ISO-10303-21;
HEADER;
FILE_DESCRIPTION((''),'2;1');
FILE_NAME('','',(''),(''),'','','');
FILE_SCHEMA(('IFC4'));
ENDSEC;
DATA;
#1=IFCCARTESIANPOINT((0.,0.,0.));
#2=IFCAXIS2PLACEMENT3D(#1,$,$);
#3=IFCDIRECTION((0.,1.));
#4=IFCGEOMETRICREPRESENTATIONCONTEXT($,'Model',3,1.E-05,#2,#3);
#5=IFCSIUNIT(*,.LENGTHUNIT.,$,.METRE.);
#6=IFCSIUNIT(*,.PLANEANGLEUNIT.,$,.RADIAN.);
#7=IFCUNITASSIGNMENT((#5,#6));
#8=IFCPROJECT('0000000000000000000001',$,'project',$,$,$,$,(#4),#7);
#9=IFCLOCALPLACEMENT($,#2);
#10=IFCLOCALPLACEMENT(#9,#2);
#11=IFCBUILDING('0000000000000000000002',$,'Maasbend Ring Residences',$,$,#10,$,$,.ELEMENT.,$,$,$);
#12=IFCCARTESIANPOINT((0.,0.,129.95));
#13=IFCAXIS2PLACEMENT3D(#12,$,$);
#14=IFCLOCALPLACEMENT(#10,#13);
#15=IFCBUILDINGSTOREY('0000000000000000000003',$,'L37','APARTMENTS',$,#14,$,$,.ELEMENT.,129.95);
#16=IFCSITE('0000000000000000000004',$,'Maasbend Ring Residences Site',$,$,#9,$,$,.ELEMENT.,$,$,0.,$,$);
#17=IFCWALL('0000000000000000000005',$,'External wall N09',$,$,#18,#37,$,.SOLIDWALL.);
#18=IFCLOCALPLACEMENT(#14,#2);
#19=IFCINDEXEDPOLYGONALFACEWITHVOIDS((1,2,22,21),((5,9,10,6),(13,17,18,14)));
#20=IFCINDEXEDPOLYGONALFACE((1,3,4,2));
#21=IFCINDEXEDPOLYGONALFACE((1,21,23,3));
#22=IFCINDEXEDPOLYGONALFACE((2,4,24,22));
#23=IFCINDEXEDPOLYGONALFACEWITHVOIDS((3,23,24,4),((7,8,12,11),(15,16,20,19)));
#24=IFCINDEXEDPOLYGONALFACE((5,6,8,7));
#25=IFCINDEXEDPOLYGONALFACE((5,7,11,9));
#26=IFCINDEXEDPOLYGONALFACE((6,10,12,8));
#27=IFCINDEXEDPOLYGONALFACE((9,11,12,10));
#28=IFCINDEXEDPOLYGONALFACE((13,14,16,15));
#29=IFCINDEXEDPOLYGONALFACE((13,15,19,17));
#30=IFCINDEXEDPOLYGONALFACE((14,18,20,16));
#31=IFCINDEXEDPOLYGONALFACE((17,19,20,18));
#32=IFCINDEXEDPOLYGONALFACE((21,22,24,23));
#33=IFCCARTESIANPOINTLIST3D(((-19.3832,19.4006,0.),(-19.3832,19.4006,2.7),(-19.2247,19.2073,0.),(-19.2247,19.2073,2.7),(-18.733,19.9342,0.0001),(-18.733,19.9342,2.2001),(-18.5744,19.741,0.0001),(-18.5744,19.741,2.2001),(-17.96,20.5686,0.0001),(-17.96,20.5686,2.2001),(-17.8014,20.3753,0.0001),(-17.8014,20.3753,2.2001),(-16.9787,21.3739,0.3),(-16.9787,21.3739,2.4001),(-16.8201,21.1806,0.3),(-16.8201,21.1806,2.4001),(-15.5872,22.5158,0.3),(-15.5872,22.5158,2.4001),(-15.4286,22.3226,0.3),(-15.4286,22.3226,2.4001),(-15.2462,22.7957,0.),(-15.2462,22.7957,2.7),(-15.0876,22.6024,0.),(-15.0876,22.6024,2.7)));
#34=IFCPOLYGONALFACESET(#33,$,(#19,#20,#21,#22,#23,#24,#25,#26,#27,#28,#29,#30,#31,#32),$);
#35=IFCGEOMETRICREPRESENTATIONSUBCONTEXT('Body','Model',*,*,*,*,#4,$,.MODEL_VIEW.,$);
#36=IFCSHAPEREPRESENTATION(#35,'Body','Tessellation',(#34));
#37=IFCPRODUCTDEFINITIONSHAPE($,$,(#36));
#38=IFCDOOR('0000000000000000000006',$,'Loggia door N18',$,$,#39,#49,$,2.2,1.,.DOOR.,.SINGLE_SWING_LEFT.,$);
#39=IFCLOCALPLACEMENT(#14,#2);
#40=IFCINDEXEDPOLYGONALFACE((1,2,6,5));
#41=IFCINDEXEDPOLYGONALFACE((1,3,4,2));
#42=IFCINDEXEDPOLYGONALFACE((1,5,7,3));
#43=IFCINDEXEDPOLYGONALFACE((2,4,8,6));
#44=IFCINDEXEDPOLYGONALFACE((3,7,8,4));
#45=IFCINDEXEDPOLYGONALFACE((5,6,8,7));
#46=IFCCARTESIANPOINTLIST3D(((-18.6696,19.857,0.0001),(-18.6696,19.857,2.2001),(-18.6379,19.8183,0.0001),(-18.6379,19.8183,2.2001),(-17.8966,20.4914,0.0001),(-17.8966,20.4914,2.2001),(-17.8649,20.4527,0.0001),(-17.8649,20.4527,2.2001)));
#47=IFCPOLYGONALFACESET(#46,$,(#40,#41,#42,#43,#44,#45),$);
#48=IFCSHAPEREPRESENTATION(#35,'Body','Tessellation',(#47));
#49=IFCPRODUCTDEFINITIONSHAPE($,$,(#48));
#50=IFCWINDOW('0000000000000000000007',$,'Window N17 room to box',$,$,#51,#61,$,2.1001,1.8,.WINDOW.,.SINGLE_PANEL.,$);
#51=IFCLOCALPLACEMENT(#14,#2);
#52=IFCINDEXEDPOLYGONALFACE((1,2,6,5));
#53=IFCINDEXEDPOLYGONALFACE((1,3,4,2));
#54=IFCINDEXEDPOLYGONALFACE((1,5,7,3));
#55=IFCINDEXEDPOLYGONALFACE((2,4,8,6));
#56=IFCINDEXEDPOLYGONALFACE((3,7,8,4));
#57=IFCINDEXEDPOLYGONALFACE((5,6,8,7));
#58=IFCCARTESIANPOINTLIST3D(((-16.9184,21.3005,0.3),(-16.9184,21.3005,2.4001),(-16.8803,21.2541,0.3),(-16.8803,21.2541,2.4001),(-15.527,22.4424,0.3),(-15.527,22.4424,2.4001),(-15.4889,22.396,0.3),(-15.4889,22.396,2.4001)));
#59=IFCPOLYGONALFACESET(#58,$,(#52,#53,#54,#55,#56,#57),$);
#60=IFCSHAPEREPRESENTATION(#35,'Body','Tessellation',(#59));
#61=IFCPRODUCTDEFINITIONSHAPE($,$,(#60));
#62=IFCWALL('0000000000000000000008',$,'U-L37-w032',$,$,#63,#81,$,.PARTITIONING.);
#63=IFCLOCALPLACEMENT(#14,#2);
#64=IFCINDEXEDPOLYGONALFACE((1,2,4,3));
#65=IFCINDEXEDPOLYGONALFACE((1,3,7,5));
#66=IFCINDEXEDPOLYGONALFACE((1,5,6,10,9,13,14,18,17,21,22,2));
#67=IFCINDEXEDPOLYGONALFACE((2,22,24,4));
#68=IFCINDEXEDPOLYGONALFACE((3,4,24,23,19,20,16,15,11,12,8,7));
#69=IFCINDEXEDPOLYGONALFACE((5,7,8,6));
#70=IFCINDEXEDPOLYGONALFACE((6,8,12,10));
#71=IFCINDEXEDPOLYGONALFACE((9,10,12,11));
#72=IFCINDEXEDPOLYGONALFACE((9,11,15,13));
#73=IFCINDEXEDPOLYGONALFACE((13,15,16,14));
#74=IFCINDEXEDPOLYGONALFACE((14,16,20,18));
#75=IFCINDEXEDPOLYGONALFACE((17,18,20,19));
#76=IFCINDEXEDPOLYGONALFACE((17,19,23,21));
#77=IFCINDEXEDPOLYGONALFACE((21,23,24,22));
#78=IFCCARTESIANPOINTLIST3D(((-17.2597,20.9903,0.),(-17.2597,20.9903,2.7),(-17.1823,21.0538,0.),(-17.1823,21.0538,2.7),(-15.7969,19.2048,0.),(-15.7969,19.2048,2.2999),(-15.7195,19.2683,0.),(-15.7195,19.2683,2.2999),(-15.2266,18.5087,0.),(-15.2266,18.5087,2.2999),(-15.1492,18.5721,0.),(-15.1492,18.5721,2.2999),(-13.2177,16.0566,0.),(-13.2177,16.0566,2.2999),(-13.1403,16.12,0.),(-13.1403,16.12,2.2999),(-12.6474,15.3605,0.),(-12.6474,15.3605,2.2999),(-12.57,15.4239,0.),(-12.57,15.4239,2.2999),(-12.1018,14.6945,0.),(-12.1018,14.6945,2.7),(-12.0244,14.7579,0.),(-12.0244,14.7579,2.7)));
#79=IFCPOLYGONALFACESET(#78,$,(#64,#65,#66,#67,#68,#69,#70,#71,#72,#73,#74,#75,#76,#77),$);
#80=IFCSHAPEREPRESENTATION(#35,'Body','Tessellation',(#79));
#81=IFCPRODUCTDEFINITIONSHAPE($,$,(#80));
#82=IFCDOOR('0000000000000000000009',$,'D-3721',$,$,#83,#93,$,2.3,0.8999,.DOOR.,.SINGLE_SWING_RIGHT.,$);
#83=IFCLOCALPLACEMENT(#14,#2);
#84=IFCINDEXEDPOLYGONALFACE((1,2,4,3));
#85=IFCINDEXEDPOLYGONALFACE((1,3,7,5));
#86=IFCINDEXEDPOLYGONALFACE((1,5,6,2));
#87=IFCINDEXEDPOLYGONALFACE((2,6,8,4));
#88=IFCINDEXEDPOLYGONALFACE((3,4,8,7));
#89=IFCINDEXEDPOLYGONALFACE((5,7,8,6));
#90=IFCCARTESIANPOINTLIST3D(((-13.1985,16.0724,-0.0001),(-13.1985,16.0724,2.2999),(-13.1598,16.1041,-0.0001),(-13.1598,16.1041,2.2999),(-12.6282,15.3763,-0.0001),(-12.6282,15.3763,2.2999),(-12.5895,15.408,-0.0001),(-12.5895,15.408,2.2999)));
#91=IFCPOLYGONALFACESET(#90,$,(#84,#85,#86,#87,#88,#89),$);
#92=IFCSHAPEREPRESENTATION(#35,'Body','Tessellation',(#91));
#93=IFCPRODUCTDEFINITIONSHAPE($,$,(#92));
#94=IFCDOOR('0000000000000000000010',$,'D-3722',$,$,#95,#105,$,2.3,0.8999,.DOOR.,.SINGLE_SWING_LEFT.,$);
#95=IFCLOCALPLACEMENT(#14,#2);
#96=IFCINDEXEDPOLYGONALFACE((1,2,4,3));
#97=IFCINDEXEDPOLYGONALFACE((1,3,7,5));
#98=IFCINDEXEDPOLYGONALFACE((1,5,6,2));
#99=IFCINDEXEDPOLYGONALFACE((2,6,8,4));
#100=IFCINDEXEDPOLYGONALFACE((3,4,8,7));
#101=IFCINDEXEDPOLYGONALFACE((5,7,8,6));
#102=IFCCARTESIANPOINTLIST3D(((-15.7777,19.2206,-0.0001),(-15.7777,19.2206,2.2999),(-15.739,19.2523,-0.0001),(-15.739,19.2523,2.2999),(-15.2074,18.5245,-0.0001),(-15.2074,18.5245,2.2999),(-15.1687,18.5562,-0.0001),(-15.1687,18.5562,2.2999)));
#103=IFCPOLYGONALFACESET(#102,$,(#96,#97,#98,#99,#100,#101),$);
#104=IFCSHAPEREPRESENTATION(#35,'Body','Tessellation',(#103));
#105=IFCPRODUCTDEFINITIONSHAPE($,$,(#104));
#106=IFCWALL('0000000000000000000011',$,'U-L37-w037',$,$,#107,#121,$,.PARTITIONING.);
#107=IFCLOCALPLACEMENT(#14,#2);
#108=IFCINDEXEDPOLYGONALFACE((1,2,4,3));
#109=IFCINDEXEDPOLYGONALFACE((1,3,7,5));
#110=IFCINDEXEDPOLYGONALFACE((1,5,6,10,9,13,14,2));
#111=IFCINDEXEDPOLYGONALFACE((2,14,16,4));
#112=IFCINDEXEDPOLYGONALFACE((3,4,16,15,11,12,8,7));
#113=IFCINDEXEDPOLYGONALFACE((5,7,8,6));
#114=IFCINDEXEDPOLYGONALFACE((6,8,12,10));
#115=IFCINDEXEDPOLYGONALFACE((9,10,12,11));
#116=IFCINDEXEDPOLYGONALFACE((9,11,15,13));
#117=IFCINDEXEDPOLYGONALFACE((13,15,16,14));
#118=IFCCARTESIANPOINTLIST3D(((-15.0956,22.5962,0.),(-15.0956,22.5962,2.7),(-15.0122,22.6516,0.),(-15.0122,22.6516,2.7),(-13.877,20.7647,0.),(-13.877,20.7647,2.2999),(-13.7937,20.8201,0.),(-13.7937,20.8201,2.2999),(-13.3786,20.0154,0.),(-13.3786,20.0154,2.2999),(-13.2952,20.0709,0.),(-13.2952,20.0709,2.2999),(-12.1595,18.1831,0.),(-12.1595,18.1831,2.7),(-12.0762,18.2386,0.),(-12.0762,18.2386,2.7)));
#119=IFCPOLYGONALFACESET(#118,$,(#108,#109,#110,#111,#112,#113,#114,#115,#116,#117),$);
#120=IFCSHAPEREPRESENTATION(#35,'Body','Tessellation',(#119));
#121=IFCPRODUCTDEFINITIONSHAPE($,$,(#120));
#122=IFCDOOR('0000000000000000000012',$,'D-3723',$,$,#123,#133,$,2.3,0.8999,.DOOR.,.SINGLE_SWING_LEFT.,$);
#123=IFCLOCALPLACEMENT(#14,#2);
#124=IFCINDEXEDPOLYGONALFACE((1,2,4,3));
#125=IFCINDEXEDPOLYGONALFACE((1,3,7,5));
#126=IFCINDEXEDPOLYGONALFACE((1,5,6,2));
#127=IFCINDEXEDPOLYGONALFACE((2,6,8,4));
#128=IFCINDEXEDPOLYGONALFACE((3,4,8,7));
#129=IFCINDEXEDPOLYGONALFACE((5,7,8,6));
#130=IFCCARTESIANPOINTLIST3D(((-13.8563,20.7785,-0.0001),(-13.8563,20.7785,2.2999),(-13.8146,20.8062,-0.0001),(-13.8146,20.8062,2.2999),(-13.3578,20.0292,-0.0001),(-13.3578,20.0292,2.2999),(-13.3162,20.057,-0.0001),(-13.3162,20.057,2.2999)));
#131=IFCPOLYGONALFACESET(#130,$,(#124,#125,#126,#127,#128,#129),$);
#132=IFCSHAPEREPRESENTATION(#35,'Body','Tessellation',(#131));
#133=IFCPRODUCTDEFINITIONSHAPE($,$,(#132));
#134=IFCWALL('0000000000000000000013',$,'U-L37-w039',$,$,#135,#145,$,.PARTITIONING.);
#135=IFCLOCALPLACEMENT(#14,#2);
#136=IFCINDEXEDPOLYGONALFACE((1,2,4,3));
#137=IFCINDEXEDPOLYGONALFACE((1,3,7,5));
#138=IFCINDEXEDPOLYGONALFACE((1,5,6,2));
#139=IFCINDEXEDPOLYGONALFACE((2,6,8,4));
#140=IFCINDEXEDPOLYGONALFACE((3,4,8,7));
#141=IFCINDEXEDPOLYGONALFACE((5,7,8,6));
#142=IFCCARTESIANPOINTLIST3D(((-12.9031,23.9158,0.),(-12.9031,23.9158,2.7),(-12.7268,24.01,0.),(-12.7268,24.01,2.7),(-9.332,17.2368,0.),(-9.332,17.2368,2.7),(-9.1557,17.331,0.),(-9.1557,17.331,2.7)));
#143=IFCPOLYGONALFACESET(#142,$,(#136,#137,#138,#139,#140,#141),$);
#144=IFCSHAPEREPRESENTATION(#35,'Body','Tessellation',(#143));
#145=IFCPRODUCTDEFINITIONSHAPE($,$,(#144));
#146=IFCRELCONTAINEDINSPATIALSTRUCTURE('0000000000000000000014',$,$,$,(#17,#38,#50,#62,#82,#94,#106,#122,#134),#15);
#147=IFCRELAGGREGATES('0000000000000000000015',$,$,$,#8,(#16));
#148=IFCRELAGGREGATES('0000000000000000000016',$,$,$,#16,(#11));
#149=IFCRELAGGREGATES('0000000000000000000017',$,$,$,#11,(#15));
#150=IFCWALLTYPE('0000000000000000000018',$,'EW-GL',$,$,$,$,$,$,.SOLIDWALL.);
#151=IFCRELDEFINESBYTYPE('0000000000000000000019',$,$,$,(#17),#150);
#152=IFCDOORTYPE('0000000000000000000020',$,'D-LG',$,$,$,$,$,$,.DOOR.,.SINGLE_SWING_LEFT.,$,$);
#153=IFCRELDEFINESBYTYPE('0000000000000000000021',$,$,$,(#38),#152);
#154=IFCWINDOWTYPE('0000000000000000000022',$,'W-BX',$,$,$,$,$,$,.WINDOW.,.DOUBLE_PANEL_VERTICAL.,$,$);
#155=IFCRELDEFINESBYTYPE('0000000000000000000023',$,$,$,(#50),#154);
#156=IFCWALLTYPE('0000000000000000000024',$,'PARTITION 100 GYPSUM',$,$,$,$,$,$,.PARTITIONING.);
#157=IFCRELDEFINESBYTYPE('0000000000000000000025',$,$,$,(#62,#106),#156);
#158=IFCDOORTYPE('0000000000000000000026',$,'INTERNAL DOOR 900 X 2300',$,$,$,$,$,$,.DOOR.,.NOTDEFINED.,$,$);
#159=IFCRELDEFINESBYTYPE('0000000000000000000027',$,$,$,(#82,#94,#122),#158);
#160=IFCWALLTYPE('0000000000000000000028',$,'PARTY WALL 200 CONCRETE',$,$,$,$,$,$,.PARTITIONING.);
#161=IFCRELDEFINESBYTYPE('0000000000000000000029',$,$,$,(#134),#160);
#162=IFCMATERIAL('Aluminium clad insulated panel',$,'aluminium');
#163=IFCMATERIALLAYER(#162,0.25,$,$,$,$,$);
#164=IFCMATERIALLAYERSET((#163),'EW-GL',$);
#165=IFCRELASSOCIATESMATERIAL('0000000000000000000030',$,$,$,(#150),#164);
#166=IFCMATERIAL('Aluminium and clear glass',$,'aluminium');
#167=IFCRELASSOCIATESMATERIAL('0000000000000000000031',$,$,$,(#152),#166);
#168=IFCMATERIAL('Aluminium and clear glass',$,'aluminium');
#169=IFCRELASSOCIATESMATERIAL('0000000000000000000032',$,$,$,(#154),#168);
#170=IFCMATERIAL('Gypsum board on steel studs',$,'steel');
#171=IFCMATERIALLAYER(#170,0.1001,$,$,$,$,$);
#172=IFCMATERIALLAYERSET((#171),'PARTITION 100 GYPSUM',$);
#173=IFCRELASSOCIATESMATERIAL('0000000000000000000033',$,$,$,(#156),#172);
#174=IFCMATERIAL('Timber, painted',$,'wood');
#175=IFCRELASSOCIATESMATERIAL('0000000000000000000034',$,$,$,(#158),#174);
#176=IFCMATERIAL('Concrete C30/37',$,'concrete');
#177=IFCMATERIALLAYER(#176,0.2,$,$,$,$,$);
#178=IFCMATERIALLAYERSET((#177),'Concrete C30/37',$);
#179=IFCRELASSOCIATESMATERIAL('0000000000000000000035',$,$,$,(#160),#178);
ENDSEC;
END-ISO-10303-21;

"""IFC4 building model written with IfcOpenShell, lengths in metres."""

from ifc_helpers import new_model, si_unit, direction, frame, frame_2d, origin, place, context, subcontext, project, spatial, rectangle, extrude, material, layer, layer_set, type_object, element, fill, save


model = new_model("IFC4")

# Units and contexts
model_context = context("Model", 3, precision=1e-05, world=origin(), true_north=direction((0.0, 1.0)))
body_context = subcontext(model_context, "Body", "Model", "MODEL_VIEW")
ifc_project = project(units=[si_unit("LENGTHUNIT", "METRE"), si_unit("PLANEANGLEUNIT", "RADIAN")], contexts=[model_context])

# Site, building, storey
site_placement = place(None, origin())
site = spatial("IfcSite", under=ifc_project, at=site_placement, Name="Maasbend Ring Residences Site", CompositionType="ELEMENT", RefElevation=0.0)
building_placement = place(site_placement, origin())
building = spatial("IfcBuilding", under=site, at=building_placement, Name="Maasbend Ring Residences", CompositionType="ELEMENT")
storey_placement = place(building_placement, frame((0.0, 0.0, 129.95)))
storey = spatial("IfcBuildingStorey", under=building, at=storey_placement, Name="L37", Description="APARTMENTS", CompositionType="ELEMENT", Elevation=129.95)

# Wall, openings, door, window
ifc_material_1 = material(Name="Aluminium clad insulated panel", Category="aluminium")
ifc_layer_1 = layer(ifc_material_1, 0.25)
ifc_layer_set_1 = layer_set([ifc_layer_1], Name="EW-GL")
wall_type_1 = type_object("IfcWallType", Name="EW-GL", PredefinedType="SOLIDWALL", material=ifc_layer_set_1)
wall_1_placement = place(storey_placement, frame((-15.167, 22.699, 0.0), z_axis=(0.0, 0.0, 1.0), x_axis=(-0.773019, -0.634382, 0.0)))
wall_1 = element("IfcWall", 1, at=wall_1_placement, inside=storey, type_object=wall_type_1, Name="External wall N09", PredefinedType="SOLIDWALL", context=body_context, shape_type="SweptSolid", body=[
    extrude(rectangle(XDim=5.3518, YDim=0.25, at=frame_2d((2.6758, 0.0))), origin(), (0.0, 0.0, 1.0), 2.7),
])
opening_1_placement = place(wall_1_placement, frame((0.4412, 0.0, 0.3)))
opening_1 = element("IfcOpeningElement", 2, at=opening_1_placement, cuts=wall_1, PredefinedType="OPENING", context=body_context, shape_type="SweptSolid", body=[
    extrude(rectangle(XDim=1.8, YDim=2.1001, at=frame_2d((0.8999, 1.05))), frame((0.0, 0.135, 0.0), z_axis=(0.0, -1.0, 0.0), x_axis=(1.0, 0.0, 0.0)), (0.0, 0.0, 1.0), 0.27),
])
opening_2_placement = place(wall_1_placement, frame((3.5105, 0.0, 0.0)))
opening_2 = element("IfcOpeningElement", 3, at=opening_2_placement, cuts=wall_1, PredefinedType="OPENING", context=body_context, shape_type="SweptSolid", body=[
    extrude(rectangle(XDim=1.0, YDim=2.2, at=frame_2d((0.5, 1.1001))), frame((0.0, 0.135, 0.0), z_axis=(0.0, -1.0, 0.0), x_axis=(1.0, 0.0, 0.0)), (0.0, 0.0, 1.0), 0.27),
])
ifc_material_2 = material(Name="Aluminium and clear glass", Category="aluminium")
door_type_1 = type_object("IfcDoorType", Name="D-LG", OperationType="SINGLE_SWING_LEFT", PredefinedType="DOOR", material=ifc_material_2)
door_1_placement = place(opening_2_placement, origin())
door_1 = element("IfcDoor", 4, at=door_1_placement, inside=storey, type_object=door_type_1, Name="Loggia door N18", OperationType="SINGLE_SWING_LEFT", OverallHeight=2.2, OverallWidth=1.0, PredefinedType="DOOR", context=body_context, shape_type="SweptSolid", body=[
    extrude(rectangle(XDim=1.0, YDim=2.2, at=frame_2d((0.5, 1.1001))), frame((0.0, 0.0249, 0.0), z_axis=(0.0, -1.0, 0.0), x_axis=(1.0, 0.0, 0.0)), (0.0, 0.0, 1.0), 0.05),
])
fill(opening_2, door_1)
ifc_material_3 = material(Name="Aluminium and clear glass", Category="aluminium")
window_type_1 = type_object("IfcWindowType", Name="W-BX", PartitioningType="DOUBLE_PANEL_VERTICAL", PredefinedType="WINDOW", material=ifc_material_3)
window_1_placement = place(opening_1_placement, origin())
window_1 = element("IfcWindow", 5, at=window_1_placement, inside=storey, type_object=window_type_1, Name="Window N17 room to box", OverallHeight=2.1001, OverallWidth=1.8, PartitioningType="SINGLE_PANEL", PredefinedType="WINDOW", context=body_context, shape_type="SweptSolid", body=[
    extrude(rectangle(XDim=1.8, YDim=2.1001, at=frame_2d((0.8999, 1.05))), frame((0.0, 0.03, 0.0), z_axis=(0.0, -1.0, 0.0), x_axis=(1.0, 0.0, 0.0)), (0.0, 0.0, 1.0), 0.0601),
])
fill(opening_1, window_1)

# Wall, openings, doors
ifc_material_4 = material(Name="Gypsum board on steel studs", Category="steel")
ifc_layer_2 = layer(ifc_material_4, 0.1001)
ifc_layer_set_2 = layer_set([ifc_layer_2], Name="PARTITION 100 GYPSUM")
wall_type_2 = type_object("IfcWallType", Name="PARTITION 100 GYPSUM", PredefinedType="PARTITIONING", material=ifc_layer_set_2)
wall_2_placement = place(storey_placement, frame((-17.2209, 21.022, 0.0), z_axis=(0.0, 0.0, 1.0), x_axis=(0.633736, -0.77355, 0.0)))
wall_2 = element("IfcWall", 6, at=wall_2_placement, inside=storey, type_object=wall_type_2, Name="U-L37-w032", PredefinedType="PARTITIONING", context=body_context, shape_type="SweptSolid", body=[
    extrude(rectangle(XDim=8.1389, YDim=0.1001, at=frame_2d((4.0693, 0.0))), origin(), (0.0, 0.0, 1.0), 2.7),
])
opening_3_placement = place(wall_2_placement, frame((6.3779, 0.0, 0.0)))
opening_3 = element("IfcOpeningElement", 7, at=opening_3_placement, cuts=wall_2, PredefinedType="OPENING", context=body_context, shape_type="SweptSolid", body=[
    extrude(rectangle(XDim=0.8999, YDim=2.3, at=frame_2d((0.45, 1.1499))), frame((0.0, 0.0601, 0.0), z_axis=(0.0, -1.0, 0.0), x_axis=(1.0, 0.0, 0.0)), (0.0, 0.0, 1.0), 0.1201),
])
opening_4_placement = place(wall_2_placement, frame((2.3081, 0.0, 0.0)))
opening_4 = element("IfcOpeningElement", 8, at=opening_4_placement, cuts=wall_2, PredefinedType="OPENING", context=body_context, shape_type="SweptSolid", body=[
    extrude(rectangle(XDim=0.8999, YDim=2.3, at=frame_2d((0.45, 1.1499))), frame((0.0, 0.0601, 0.0), z_axis=(0.0, -1.0, 0.0), x_axis=(1.0, 0.0, 0.0)), (0.0, 0.0, 1.0), 0.1201),
])
ifc_material_5 = material(Name="Timber, painted", Category="wood")
door_type_2 = type_object("IfcDoorType", Name="INTERNAL DOOR 900 X 2300", OperationType="NOTDEFINED", PredefinedType="DOOR", material=ifc_material_5)
door_2_placement = place(opening_3_placement, origin())
door_2 = element("IfcDoor", 9, at=door_2_placement, inside=storey, type_object=door_type_2, Name="D-3721", OperationType="SINGLE_SWING_RIGHT", OverallHeight=2.3, OverallWidth=0.8999, PredefinedType="DOOR", context=body_context, shape_type="SweptSolid", body=[
    extrude(rectangle(XDim=0.8999, YDim=2.3, at=frame_2d((0.45, 1.1499))), frame((0.0, 0.0249, 0.0), z_axis=(0.0, -1.0, 0.0), x_axis=(1.0, 0.0, 0.0)), (0.0, 0.0, 1.0), 0.05),
])
fill(opening_3, door_2)
door_3_placement = place(opening_4_placement, origin())
door_3 = element("IfcDoor", 10, at=door_3_placement, inside=storey, type_object=door_type_2, Name="D-3722", OperationType="SINGLE_SWING_LEFT", OverallHeight=2.3, OverallWidth=0.8999, PredefinedType="DOOR", context=body_context, shape_type="SweptSolid", body=[
    extrude(rectangle(XDim=0.8999, YDim=2.3, at=frame_2d((0.45, 1.1499))), frame((0.0, 0.0249, 0.0), z_axis=(0.0, -1.0, 0.0), x_axis=(1.0, 0.0, 0.0)), (0.0, 0.0, 1.0), 0.05),
])
fill(opening_4, door_3)

# Wall, opening, door
wall_3_placement = place(storey_placement, frame((-15.054, 22.624, 0.0), z_axis=(0.0, 0.0, 1.0), x_axis=(0.553913, -0.832574, 0.0)))
wall_3 = element("IfcWall", 11, at=wall_3_placement, inside=storey, type_object=wall_type_2, Name="U-L37-w037", PredefinedType="PARTITIONING", context=body_context, shape_type="SweptSolid", body=[
    extrude(rectangle(XDim=5.3005, YDim=0.1001, at=frame_2d((2.6504, 0.0))), origin(), (0.0, 0.0, 1.0), 2.7),
])
opening_5_placement = place(wall_3_placement, frame((2.2, 0.0, 0.0)))
opening_5 = element("IfcOpeningElement", 12, at=opening_5_placement, cuts=wall_3, PredefinedType="OPENING", context=body_context, shape_type="SweptSolid", body=[
    extrude(rectangle(XDim=0.8999, YDim=2.3, at=frame_2d((0.45, 1.1499))), frame((0.0, 0.0601, 0.0), z_axis=(0.0, -1.0, 0.0), x_axis=(1.0, 0.0, 0.0)), (0.0, 0.0, 1.0), 0.1201),
])
door_4_placement = place(opening_5_placement, origin())
door_4 = element("IfcDoor", 13, at=door_4_placement, inside=storey, type_object=door_type_2, Name="D-3723", OperationType="SINGLE_SWING_LEFT", OverallHeight=2.3, OverallWidth=0.8999, PredefinedType="DOOR", context=body_context, shape_type="SweptSolid", body=[
    extrude(rectangle(XDim=0.8999, YDim=2.3, at=frame_2d((0.45, 1.1499))), frame((0.0, 0.0249, 0.0), z_axis=(0.0, -1.0, 0.0), x_axis=(1.0, 0.0, 0.0)), (0.0, 0.0, 1.0), 0.05),
])
fill(opening_5, door_4)

# Wall
ifc_material_6 = material(Name="Concrete C30/37", Category="concrete")
ifc_layer_3 = layer(ifc_material_6, 0.2)
ifc_layer_set_3 = layer_set([ifc_layer_3], Name="Concrete C30/37")
wall_type_3 = type_object("IfcWallType", Name="PARTY WALL 200 CONCRETE", PredefinedType="PARTITIONING", material=ifc_layer_set_3)
wall_4_placement = place(storey_placement, frame((-12.8149, 23.9629, 0.0), z_axis=(0.0, 0.0, 1.0), x_axis=(0.471507, -0.881863, 0.0)))
element("IfcWall", 14, at=wall_4_placement, inside=storey, type_object=wall_type_3, Name="U-L37-w039", PredefinedType="PARTITIONING", context=body_context, shape_type="SweptSolid", body=[
    extrude(rectangle(XDim=7.5737, YDim=0.2, at=frame_2d((3.7869, 0.0))), origin(), (0.0, 0.0, 1.0), 2.7),
])

save(model, "model.ifc")
